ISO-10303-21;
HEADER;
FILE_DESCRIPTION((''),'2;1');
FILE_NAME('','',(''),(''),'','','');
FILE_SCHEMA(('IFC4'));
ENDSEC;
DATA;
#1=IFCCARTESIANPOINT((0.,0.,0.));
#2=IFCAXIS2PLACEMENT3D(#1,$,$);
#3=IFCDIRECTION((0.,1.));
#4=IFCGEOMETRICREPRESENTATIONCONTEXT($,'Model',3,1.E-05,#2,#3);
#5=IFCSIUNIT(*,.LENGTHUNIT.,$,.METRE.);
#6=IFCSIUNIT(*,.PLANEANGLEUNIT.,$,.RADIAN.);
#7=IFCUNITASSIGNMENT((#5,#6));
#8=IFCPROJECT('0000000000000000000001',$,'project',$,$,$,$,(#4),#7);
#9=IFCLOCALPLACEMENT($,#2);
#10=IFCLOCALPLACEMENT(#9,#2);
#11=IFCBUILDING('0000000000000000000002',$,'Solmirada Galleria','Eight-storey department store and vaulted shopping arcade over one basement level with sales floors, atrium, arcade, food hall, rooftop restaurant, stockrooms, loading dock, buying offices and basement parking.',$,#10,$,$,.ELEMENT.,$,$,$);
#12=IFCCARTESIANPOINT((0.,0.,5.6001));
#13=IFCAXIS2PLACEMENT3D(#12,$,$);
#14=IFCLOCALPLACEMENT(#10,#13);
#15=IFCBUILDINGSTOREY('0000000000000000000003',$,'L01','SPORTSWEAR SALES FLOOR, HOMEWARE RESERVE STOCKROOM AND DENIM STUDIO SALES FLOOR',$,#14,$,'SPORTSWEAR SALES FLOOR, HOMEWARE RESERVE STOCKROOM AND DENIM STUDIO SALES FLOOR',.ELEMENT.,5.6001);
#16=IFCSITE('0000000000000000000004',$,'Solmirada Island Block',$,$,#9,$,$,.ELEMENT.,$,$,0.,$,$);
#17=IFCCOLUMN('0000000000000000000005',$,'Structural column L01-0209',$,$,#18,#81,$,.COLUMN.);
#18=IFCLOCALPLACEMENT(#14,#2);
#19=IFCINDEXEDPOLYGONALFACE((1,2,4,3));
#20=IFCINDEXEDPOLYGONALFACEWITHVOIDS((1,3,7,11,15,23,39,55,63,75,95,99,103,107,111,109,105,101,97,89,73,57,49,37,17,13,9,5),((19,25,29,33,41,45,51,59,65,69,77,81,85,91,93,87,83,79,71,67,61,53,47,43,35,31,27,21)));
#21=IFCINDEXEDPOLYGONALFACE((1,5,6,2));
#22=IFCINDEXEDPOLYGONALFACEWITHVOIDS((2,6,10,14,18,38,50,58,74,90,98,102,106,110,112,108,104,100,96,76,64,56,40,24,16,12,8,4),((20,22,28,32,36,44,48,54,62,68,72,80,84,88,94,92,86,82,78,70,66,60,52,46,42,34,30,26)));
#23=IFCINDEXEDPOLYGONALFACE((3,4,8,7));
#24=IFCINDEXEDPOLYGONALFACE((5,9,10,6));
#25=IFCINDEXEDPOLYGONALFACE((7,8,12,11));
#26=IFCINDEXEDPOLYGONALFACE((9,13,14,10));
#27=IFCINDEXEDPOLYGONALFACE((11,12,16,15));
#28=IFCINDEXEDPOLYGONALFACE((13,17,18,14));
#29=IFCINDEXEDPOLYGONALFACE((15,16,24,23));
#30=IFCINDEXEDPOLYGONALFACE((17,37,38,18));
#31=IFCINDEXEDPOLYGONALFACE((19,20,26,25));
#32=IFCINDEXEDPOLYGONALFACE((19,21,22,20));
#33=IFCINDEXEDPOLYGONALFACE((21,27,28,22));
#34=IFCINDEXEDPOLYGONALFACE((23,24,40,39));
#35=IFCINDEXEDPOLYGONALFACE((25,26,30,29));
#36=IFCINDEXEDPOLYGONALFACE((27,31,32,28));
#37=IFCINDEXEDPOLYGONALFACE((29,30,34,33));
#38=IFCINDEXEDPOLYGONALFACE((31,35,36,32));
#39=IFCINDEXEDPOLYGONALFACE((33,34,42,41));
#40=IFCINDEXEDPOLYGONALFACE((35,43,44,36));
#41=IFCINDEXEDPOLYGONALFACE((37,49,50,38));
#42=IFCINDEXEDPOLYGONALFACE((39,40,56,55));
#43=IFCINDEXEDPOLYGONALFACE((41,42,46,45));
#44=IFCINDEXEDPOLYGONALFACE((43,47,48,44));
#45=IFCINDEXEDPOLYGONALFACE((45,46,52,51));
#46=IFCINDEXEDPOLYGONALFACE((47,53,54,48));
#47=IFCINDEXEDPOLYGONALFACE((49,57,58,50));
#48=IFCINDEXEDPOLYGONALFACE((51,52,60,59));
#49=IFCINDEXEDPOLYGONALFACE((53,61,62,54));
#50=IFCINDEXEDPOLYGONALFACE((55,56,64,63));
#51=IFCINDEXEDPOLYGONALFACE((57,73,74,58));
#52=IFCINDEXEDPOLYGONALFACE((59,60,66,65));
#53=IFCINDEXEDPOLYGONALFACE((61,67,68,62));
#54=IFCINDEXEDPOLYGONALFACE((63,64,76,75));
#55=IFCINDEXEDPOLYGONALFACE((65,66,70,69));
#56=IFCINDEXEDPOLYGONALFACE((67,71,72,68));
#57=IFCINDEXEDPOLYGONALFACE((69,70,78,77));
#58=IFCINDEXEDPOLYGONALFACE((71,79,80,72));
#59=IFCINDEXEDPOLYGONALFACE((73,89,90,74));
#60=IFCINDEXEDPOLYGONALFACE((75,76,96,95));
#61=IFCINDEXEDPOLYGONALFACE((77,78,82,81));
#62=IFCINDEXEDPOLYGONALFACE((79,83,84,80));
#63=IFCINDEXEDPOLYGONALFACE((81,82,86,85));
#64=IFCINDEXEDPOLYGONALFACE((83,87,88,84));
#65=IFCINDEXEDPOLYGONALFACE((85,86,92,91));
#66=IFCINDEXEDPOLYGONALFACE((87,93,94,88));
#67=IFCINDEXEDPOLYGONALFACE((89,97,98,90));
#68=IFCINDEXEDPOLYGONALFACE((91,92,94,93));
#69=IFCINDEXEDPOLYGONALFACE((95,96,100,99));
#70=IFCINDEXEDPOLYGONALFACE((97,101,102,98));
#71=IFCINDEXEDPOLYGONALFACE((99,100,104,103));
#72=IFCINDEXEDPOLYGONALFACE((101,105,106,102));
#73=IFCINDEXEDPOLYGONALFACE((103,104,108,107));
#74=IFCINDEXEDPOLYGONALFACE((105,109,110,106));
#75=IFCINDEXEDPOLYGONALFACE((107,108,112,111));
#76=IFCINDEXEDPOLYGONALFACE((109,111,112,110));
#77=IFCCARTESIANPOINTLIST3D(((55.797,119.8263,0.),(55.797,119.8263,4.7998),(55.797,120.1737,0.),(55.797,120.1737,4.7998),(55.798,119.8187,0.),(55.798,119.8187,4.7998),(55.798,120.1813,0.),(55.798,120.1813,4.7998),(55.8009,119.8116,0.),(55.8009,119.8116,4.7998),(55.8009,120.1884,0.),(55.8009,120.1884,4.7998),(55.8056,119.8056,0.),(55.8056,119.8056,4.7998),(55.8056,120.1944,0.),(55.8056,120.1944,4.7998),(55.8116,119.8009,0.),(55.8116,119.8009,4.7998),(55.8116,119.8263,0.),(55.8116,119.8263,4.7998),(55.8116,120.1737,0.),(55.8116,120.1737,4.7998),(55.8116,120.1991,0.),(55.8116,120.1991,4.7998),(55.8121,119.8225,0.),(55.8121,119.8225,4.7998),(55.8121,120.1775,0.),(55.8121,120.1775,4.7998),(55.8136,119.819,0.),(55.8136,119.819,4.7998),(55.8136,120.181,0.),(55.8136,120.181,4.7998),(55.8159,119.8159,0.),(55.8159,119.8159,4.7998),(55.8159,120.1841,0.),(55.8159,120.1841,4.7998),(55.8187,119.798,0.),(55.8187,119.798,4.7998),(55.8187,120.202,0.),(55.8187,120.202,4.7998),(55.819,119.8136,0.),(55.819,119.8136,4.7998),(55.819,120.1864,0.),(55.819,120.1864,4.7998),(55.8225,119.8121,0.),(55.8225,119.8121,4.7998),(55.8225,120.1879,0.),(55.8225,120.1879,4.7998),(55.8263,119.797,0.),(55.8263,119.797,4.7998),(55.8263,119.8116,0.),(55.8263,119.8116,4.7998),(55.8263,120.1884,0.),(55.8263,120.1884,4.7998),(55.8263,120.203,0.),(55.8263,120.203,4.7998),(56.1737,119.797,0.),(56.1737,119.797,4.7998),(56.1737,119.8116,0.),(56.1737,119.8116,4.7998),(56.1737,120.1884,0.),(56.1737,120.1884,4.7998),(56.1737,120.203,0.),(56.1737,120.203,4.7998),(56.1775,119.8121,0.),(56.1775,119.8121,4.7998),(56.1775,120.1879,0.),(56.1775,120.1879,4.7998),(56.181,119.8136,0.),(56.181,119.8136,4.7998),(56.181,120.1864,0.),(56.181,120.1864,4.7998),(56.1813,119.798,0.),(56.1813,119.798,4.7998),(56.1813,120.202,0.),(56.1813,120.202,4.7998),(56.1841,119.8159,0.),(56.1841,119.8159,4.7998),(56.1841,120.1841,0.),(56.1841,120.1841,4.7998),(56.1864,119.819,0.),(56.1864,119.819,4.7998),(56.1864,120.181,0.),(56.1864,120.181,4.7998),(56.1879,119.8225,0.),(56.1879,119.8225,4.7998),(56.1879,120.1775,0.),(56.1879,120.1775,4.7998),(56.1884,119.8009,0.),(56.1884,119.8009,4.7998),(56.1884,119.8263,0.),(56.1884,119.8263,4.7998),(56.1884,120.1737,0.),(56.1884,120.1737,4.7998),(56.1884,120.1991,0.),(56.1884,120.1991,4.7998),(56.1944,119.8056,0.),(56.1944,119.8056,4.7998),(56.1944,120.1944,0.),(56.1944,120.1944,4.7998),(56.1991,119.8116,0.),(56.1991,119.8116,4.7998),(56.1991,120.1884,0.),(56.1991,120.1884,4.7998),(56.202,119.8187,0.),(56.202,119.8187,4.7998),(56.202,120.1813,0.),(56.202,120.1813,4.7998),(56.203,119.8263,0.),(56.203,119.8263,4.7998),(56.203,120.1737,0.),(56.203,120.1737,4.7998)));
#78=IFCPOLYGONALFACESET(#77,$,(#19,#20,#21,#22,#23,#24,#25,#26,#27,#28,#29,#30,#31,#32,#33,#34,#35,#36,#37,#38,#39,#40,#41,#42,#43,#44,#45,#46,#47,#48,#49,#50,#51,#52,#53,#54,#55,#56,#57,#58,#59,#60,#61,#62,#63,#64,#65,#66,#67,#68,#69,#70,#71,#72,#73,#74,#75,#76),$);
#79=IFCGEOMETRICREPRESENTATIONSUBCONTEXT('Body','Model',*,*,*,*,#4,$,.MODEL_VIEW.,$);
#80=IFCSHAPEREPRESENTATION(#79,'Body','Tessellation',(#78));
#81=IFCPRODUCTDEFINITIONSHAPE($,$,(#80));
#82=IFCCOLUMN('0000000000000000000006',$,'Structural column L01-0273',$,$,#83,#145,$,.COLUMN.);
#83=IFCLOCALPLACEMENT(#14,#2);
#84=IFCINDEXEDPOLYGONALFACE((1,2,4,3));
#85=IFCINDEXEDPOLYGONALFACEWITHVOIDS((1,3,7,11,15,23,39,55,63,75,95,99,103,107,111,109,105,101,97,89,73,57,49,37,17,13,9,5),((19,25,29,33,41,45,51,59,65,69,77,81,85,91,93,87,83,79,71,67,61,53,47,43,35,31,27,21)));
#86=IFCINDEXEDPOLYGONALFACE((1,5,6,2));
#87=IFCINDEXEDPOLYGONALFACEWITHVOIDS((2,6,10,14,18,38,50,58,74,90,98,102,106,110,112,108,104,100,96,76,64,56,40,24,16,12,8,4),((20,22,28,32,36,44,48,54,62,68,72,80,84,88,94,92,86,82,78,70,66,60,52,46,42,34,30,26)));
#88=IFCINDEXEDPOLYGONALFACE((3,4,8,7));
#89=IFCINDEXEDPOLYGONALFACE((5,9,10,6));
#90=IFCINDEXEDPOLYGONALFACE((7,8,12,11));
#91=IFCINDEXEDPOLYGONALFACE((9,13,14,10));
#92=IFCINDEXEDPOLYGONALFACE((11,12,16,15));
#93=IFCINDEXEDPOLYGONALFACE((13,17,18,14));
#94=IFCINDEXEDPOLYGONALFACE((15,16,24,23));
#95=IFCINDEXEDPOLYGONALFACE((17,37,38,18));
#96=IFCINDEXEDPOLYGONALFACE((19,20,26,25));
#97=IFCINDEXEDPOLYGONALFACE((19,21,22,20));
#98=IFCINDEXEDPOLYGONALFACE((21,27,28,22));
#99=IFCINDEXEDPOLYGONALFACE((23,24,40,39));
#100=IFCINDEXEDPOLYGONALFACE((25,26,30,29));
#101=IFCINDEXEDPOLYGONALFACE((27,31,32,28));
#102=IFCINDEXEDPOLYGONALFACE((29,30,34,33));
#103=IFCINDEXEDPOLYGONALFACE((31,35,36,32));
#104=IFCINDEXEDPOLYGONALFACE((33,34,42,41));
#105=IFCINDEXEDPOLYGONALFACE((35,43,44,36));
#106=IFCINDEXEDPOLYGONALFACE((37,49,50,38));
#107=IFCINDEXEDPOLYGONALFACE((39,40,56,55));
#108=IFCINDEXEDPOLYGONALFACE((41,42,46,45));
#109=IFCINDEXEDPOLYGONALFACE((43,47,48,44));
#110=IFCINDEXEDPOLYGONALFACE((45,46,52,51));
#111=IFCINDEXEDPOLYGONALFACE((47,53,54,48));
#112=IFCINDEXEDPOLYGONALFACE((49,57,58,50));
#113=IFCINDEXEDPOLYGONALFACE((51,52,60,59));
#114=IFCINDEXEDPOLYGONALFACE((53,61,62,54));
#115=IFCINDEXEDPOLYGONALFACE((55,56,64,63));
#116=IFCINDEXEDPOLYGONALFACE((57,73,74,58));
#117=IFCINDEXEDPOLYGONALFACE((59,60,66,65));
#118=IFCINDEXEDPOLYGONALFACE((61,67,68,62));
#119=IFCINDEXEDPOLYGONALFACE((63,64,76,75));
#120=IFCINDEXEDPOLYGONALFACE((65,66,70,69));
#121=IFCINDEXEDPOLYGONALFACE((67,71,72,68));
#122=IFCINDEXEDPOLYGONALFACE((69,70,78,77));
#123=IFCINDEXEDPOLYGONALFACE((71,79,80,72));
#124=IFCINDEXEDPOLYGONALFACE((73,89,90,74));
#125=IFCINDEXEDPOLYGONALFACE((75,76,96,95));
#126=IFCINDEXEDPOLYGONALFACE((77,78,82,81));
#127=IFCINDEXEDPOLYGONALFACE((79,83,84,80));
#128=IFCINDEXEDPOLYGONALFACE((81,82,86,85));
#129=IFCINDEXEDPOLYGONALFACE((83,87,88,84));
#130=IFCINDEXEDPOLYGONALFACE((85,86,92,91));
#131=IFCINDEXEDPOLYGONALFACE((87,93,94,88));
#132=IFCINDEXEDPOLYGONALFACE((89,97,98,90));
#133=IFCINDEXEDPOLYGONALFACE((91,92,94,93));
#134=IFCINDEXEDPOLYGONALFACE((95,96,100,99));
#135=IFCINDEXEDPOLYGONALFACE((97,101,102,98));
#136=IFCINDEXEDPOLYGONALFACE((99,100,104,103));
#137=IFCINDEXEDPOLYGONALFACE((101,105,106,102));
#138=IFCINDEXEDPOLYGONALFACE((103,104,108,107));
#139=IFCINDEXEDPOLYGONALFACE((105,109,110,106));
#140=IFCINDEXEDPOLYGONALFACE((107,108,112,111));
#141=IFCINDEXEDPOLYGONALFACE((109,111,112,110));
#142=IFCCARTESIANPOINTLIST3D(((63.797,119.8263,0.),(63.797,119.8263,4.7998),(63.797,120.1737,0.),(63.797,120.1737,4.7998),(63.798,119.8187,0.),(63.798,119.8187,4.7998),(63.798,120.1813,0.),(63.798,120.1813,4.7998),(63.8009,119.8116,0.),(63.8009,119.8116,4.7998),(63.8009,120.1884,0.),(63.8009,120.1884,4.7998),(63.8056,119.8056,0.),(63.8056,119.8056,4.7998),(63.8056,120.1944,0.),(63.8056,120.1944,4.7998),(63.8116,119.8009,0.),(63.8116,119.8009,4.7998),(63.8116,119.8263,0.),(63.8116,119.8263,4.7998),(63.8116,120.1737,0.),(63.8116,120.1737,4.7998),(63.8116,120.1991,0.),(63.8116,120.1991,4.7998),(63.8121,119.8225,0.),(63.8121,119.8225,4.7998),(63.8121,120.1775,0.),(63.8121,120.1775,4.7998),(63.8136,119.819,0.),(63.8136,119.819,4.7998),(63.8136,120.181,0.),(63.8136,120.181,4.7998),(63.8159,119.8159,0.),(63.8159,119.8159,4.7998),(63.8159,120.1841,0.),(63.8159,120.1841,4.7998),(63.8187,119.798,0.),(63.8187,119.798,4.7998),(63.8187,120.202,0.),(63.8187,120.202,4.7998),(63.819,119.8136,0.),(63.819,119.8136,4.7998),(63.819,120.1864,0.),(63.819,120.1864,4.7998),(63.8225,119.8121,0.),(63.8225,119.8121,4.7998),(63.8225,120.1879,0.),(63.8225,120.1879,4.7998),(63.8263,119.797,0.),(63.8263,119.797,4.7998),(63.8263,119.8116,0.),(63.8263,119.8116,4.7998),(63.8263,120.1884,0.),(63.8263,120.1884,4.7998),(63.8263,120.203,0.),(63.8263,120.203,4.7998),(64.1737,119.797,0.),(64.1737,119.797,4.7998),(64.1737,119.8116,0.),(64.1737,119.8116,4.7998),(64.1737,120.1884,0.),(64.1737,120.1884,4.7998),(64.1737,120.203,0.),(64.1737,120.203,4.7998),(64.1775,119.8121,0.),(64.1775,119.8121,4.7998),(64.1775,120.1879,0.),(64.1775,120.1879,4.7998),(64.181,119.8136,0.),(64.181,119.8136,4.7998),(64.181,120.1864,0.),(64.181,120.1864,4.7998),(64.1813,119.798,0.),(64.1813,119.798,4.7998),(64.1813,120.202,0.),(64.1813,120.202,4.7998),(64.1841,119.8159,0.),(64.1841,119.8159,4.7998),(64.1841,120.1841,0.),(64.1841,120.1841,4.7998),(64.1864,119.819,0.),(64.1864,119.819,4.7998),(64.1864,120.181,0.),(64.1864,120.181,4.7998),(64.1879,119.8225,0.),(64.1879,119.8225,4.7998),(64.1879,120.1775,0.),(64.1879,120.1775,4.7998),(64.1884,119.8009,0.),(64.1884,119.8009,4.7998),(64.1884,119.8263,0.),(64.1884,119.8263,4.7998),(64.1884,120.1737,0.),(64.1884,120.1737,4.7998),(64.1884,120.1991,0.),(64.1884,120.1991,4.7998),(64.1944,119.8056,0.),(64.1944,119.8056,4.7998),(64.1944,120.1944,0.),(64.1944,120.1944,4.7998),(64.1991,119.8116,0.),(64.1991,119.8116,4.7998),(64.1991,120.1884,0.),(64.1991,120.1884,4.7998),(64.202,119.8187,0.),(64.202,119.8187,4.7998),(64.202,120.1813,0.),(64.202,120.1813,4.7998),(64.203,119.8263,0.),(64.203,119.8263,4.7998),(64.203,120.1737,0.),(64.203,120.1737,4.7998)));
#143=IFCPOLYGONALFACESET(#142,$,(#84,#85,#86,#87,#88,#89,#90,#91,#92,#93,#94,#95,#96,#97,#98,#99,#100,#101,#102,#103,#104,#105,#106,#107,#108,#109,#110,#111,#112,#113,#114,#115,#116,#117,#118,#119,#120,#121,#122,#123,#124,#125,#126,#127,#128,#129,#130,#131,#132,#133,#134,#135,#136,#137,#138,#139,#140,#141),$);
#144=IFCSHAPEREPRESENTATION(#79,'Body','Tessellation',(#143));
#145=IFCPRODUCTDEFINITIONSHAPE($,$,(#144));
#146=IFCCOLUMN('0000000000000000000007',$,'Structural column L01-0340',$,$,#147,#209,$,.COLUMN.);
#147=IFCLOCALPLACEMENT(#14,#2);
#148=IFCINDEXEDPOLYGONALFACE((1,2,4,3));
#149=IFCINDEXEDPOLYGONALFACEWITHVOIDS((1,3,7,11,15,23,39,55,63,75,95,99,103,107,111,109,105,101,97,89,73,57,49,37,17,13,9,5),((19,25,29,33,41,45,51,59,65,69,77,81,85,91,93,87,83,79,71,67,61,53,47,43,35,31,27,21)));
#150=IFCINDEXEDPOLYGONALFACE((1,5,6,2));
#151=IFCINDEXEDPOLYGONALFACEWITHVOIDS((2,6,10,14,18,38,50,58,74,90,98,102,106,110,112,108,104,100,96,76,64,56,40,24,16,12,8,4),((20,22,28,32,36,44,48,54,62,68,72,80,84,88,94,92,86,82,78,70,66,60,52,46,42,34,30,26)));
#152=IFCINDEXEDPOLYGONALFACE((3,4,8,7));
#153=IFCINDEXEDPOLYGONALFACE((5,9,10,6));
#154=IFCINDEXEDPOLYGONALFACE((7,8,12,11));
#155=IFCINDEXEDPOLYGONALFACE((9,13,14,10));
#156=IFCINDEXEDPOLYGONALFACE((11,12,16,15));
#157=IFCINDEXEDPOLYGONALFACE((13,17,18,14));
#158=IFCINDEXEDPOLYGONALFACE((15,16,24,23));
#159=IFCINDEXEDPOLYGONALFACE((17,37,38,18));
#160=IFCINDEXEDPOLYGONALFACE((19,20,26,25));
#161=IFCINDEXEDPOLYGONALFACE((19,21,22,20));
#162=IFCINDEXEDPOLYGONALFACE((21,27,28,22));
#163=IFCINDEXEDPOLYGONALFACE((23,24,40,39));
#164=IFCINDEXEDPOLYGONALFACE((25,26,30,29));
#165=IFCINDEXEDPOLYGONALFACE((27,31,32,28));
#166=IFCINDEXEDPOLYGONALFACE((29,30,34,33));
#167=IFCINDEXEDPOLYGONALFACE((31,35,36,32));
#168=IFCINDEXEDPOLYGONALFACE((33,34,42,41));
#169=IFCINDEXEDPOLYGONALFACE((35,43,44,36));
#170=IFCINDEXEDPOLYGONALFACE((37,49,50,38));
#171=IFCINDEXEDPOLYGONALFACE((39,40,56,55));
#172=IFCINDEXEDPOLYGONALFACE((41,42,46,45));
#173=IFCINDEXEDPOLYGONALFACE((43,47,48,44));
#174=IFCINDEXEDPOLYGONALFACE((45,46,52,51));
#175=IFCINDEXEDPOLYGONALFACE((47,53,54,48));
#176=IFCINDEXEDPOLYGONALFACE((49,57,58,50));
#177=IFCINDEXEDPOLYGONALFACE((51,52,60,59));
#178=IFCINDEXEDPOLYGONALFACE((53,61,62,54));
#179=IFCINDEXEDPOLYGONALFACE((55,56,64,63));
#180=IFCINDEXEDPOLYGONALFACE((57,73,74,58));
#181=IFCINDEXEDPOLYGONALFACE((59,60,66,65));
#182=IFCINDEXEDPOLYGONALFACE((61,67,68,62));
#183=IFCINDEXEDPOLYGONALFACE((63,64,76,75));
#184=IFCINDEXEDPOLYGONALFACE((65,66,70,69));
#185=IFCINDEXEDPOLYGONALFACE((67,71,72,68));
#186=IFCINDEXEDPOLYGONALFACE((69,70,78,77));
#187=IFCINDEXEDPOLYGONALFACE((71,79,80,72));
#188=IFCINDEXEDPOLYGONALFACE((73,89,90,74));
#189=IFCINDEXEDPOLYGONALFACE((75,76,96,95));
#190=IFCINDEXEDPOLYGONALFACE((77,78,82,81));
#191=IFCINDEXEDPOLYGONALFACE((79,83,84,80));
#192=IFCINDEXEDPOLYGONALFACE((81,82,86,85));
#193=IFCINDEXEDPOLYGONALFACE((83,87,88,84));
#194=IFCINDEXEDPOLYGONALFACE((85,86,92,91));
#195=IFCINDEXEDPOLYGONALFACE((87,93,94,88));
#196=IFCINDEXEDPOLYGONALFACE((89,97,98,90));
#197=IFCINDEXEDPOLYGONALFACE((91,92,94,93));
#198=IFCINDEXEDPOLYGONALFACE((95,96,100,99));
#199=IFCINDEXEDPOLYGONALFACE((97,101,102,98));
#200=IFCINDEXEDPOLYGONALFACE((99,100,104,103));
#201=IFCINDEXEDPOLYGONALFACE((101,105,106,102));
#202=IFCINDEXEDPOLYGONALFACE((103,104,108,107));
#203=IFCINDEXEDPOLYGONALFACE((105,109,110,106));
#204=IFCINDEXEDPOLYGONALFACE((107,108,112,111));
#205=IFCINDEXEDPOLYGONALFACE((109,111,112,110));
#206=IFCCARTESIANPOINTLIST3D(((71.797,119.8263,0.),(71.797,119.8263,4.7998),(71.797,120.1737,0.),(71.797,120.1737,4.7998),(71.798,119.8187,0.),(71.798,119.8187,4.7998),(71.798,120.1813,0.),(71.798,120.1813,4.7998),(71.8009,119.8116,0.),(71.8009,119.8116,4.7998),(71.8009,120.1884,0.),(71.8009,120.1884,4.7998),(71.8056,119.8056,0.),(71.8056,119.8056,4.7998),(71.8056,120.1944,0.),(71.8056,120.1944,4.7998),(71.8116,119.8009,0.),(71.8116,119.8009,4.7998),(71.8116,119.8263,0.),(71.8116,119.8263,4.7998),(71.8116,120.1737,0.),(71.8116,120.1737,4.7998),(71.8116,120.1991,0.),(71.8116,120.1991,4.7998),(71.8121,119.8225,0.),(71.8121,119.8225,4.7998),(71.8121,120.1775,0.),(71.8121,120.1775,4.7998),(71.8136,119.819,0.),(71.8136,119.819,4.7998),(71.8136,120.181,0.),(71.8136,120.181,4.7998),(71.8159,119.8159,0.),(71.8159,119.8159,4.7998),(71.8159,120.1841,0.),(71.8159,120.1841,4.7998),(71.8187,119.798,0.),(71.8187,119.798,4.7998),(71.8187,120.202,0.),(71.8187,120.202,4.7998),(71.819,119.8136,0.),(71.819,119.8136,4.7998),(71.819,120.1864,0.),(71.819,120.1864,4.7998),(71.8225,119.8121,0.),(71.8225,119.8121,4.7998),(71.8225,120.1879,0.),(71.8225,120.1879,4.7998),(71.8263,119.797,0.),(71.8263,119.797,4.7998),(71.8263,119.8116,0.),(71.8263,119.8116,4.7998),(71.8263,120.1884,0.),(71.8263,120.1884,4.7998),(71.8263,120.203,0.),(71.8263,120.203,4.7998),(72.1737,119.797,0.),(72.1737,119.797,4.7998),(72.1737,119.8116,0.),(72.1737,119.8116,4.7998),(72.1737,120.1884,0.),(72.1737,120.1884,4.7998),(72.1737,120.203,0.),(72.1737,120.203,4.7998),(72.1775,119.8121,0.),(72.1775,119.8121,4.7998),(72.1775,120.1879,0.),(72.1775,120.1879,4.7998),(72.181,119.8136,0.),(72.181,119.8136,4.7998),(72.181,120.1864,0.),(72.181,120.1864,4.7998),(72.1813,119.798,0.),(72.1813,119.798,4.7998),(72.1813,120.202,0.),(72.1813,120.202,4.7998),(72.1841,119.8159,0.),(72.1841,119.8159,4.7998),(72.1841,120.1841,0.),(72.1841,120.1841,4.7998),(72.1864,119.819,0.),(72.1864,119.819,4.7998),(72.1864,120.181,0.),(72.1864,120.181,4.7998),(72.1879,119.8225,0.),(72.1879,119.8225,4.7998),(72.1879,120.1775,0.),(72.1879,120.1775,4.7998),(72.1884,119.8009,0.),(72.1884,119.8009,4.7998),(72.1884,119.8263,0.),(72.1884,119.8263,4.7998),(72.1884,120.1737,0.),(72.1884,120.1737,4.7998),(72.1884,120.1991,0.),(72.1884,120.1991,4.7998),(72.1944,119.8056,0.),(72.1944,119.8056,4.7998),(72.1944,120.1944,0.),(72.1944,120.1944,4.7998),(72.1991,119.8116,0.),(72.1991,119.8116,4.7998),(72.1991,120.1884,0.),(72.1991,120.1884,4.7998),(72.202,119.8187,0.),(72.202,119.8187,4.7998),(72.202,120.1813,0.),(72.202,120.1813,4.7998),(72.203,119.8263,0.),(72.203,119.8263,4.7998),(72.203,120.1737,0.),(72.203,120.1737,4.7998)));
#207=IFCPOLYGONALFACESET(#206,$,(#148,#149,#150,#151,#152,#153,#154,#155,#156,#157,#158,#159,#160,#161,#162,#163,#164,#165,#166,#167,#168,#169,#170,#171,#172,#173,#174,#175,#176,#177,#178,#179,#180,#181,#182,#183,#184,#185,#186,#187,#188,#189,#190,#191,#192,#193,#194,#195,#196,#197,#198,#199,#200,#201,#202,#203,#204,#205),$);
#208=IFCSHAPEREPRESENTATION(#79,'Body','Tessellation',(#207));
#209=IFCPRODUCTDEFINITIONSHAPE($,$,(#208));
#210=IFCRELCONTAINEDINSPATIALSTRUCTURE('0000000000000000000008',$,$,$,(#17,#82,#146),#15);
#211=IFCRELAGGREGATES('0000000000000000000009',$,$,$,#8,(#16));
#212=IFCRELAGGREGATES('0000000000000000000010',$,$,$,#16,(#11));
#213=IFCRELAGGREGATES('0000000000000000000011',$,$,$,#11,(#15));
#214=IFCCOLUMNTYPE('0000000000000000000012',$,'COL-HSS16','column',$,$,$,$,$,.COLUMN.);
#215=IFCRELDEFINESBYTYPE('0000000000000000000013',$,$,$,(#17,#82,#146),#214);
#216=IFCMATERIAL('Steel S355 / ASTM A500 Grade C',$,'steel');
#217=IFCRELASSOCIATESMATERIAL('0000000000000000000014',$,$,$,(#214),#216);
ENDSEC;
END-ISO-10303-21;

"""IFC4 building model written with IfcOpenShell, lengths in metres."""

from ifc_helpers import new_model, si_unit, direction, frame, origin, origin_2d, place, context, subcontext, project, spatial, hollow_rectangle, extrude, material, material_profile, profile_set, type_object, element, save


model = new_model("IFC4")

# Units and contexts
model_context = context("Model", 3, precision=1e-05, world=origin(), true_north=direction((0.0, 1.0)))
body_context = subcontext(model_context, "Body", "Model", "MODEL_VIEW")
ifc_project = project(units=[si_unit("LENGTHUNIT", "METRE"), si_unit("PLANEANGLEUNIT", "RADIAN")], contexts=[model_context])

# Site, building, storey
site_placement = place(None, origin())
site = spatial("IfcSite", under=ifc_project, at=site_placement, Name="Solmirada Island Block", CompositionType="ELEMENT", RefElevation=0.0)
building_placement = place(site_placement, origin())
building = spatial("IfcBuilding", under=site, at=building_placement, Name="Solmirada Galleria", Description="Eight-storey department store and vaulted shopping arcade over one basement level with sales floors, atrium, arcade, food hall, rooftop restaurant, stockrooms, loading dock, buying offices and basement parking.", CompositionType="ELEMENT")
storey_placement = place(building_placement, frame((0.0, 0.0, 5.6001)))
storey = spatial("IfcBuildingStorey", under=building, at=storey_placement, Name="L01", Description="SPORTSWEAR SALES FLOOR, HOMEWARE RESERVE STOCKROOM AND DENIM STUDIO SALES FLOOR", LongName="SPORTSWEAR SALES FLOOR, HOMEWARE RESERVE STOCKROOM AND DENIM STUDIO SALES FLOOR", CompositionType="ELEMENT", Elevation=5.6001)

# Columns
ifc_material_1 = material(Name="Steel S355 / ASTM A500 Grade C", Category="steel")
ifc_material_profile_1 = material_profile(ifc_material_1, hollow_rectangle(XDim=0.406, YDim=0.406, WallThickness=0.0146, InnerFilletRadius=0.0146, OuterFilletRadius=0.0293, at=origin_2d()), Name="HSS16X16X5/8")
ifc_profile_set_1 = profile_set([ifc_material_profile_1], Name="Steel S355 / ASTM A500 Grade C")
column_type_1 = type_object("IfcColumnType", Name="COL-HSS16", Description="column", PredefinedType="COLUMN", material=ifc_profile_set_1)
for number, where, z_axis, x_axis, name in (
    (1, (56.0, 120.0, 0.0), (0.0, 0.0, 1.0), (1.0, 0.0, 0.0), "Structural column L01-0209"),
    (2, (64.0, 120.0, 0.0), (0.0, 0.0, 1.0), (1.0, 0.0, 0.0), "Structural column L01-0273"),
    (3, (72.0, 120.0, 0.0), (0.0, 0.0, 1.0), (1.0, 0.0, 0.0), "Structural column L01-0340"),
):
    element("IfcColumn", number, at=place(storey_placement, frame(where, z_axis=z_axis, x_axis=x_axis)), inside=storey, type_object=column_type_1, Name=name, PredefinedType="COLUMN", context=body_context, shape_type="SweptSolid", body=[
        extrude(hollow_rectangle(XDim=0.406, YDim=0.406, WallThickness=0.0146, InnerFilletRadius=0.0146, OuterFilletRadius=0.0293, at=origin_2d()), origin(), (0.0, 0.0, 1.0), 4.7998),
    ])

save(model, "model.ifc")
